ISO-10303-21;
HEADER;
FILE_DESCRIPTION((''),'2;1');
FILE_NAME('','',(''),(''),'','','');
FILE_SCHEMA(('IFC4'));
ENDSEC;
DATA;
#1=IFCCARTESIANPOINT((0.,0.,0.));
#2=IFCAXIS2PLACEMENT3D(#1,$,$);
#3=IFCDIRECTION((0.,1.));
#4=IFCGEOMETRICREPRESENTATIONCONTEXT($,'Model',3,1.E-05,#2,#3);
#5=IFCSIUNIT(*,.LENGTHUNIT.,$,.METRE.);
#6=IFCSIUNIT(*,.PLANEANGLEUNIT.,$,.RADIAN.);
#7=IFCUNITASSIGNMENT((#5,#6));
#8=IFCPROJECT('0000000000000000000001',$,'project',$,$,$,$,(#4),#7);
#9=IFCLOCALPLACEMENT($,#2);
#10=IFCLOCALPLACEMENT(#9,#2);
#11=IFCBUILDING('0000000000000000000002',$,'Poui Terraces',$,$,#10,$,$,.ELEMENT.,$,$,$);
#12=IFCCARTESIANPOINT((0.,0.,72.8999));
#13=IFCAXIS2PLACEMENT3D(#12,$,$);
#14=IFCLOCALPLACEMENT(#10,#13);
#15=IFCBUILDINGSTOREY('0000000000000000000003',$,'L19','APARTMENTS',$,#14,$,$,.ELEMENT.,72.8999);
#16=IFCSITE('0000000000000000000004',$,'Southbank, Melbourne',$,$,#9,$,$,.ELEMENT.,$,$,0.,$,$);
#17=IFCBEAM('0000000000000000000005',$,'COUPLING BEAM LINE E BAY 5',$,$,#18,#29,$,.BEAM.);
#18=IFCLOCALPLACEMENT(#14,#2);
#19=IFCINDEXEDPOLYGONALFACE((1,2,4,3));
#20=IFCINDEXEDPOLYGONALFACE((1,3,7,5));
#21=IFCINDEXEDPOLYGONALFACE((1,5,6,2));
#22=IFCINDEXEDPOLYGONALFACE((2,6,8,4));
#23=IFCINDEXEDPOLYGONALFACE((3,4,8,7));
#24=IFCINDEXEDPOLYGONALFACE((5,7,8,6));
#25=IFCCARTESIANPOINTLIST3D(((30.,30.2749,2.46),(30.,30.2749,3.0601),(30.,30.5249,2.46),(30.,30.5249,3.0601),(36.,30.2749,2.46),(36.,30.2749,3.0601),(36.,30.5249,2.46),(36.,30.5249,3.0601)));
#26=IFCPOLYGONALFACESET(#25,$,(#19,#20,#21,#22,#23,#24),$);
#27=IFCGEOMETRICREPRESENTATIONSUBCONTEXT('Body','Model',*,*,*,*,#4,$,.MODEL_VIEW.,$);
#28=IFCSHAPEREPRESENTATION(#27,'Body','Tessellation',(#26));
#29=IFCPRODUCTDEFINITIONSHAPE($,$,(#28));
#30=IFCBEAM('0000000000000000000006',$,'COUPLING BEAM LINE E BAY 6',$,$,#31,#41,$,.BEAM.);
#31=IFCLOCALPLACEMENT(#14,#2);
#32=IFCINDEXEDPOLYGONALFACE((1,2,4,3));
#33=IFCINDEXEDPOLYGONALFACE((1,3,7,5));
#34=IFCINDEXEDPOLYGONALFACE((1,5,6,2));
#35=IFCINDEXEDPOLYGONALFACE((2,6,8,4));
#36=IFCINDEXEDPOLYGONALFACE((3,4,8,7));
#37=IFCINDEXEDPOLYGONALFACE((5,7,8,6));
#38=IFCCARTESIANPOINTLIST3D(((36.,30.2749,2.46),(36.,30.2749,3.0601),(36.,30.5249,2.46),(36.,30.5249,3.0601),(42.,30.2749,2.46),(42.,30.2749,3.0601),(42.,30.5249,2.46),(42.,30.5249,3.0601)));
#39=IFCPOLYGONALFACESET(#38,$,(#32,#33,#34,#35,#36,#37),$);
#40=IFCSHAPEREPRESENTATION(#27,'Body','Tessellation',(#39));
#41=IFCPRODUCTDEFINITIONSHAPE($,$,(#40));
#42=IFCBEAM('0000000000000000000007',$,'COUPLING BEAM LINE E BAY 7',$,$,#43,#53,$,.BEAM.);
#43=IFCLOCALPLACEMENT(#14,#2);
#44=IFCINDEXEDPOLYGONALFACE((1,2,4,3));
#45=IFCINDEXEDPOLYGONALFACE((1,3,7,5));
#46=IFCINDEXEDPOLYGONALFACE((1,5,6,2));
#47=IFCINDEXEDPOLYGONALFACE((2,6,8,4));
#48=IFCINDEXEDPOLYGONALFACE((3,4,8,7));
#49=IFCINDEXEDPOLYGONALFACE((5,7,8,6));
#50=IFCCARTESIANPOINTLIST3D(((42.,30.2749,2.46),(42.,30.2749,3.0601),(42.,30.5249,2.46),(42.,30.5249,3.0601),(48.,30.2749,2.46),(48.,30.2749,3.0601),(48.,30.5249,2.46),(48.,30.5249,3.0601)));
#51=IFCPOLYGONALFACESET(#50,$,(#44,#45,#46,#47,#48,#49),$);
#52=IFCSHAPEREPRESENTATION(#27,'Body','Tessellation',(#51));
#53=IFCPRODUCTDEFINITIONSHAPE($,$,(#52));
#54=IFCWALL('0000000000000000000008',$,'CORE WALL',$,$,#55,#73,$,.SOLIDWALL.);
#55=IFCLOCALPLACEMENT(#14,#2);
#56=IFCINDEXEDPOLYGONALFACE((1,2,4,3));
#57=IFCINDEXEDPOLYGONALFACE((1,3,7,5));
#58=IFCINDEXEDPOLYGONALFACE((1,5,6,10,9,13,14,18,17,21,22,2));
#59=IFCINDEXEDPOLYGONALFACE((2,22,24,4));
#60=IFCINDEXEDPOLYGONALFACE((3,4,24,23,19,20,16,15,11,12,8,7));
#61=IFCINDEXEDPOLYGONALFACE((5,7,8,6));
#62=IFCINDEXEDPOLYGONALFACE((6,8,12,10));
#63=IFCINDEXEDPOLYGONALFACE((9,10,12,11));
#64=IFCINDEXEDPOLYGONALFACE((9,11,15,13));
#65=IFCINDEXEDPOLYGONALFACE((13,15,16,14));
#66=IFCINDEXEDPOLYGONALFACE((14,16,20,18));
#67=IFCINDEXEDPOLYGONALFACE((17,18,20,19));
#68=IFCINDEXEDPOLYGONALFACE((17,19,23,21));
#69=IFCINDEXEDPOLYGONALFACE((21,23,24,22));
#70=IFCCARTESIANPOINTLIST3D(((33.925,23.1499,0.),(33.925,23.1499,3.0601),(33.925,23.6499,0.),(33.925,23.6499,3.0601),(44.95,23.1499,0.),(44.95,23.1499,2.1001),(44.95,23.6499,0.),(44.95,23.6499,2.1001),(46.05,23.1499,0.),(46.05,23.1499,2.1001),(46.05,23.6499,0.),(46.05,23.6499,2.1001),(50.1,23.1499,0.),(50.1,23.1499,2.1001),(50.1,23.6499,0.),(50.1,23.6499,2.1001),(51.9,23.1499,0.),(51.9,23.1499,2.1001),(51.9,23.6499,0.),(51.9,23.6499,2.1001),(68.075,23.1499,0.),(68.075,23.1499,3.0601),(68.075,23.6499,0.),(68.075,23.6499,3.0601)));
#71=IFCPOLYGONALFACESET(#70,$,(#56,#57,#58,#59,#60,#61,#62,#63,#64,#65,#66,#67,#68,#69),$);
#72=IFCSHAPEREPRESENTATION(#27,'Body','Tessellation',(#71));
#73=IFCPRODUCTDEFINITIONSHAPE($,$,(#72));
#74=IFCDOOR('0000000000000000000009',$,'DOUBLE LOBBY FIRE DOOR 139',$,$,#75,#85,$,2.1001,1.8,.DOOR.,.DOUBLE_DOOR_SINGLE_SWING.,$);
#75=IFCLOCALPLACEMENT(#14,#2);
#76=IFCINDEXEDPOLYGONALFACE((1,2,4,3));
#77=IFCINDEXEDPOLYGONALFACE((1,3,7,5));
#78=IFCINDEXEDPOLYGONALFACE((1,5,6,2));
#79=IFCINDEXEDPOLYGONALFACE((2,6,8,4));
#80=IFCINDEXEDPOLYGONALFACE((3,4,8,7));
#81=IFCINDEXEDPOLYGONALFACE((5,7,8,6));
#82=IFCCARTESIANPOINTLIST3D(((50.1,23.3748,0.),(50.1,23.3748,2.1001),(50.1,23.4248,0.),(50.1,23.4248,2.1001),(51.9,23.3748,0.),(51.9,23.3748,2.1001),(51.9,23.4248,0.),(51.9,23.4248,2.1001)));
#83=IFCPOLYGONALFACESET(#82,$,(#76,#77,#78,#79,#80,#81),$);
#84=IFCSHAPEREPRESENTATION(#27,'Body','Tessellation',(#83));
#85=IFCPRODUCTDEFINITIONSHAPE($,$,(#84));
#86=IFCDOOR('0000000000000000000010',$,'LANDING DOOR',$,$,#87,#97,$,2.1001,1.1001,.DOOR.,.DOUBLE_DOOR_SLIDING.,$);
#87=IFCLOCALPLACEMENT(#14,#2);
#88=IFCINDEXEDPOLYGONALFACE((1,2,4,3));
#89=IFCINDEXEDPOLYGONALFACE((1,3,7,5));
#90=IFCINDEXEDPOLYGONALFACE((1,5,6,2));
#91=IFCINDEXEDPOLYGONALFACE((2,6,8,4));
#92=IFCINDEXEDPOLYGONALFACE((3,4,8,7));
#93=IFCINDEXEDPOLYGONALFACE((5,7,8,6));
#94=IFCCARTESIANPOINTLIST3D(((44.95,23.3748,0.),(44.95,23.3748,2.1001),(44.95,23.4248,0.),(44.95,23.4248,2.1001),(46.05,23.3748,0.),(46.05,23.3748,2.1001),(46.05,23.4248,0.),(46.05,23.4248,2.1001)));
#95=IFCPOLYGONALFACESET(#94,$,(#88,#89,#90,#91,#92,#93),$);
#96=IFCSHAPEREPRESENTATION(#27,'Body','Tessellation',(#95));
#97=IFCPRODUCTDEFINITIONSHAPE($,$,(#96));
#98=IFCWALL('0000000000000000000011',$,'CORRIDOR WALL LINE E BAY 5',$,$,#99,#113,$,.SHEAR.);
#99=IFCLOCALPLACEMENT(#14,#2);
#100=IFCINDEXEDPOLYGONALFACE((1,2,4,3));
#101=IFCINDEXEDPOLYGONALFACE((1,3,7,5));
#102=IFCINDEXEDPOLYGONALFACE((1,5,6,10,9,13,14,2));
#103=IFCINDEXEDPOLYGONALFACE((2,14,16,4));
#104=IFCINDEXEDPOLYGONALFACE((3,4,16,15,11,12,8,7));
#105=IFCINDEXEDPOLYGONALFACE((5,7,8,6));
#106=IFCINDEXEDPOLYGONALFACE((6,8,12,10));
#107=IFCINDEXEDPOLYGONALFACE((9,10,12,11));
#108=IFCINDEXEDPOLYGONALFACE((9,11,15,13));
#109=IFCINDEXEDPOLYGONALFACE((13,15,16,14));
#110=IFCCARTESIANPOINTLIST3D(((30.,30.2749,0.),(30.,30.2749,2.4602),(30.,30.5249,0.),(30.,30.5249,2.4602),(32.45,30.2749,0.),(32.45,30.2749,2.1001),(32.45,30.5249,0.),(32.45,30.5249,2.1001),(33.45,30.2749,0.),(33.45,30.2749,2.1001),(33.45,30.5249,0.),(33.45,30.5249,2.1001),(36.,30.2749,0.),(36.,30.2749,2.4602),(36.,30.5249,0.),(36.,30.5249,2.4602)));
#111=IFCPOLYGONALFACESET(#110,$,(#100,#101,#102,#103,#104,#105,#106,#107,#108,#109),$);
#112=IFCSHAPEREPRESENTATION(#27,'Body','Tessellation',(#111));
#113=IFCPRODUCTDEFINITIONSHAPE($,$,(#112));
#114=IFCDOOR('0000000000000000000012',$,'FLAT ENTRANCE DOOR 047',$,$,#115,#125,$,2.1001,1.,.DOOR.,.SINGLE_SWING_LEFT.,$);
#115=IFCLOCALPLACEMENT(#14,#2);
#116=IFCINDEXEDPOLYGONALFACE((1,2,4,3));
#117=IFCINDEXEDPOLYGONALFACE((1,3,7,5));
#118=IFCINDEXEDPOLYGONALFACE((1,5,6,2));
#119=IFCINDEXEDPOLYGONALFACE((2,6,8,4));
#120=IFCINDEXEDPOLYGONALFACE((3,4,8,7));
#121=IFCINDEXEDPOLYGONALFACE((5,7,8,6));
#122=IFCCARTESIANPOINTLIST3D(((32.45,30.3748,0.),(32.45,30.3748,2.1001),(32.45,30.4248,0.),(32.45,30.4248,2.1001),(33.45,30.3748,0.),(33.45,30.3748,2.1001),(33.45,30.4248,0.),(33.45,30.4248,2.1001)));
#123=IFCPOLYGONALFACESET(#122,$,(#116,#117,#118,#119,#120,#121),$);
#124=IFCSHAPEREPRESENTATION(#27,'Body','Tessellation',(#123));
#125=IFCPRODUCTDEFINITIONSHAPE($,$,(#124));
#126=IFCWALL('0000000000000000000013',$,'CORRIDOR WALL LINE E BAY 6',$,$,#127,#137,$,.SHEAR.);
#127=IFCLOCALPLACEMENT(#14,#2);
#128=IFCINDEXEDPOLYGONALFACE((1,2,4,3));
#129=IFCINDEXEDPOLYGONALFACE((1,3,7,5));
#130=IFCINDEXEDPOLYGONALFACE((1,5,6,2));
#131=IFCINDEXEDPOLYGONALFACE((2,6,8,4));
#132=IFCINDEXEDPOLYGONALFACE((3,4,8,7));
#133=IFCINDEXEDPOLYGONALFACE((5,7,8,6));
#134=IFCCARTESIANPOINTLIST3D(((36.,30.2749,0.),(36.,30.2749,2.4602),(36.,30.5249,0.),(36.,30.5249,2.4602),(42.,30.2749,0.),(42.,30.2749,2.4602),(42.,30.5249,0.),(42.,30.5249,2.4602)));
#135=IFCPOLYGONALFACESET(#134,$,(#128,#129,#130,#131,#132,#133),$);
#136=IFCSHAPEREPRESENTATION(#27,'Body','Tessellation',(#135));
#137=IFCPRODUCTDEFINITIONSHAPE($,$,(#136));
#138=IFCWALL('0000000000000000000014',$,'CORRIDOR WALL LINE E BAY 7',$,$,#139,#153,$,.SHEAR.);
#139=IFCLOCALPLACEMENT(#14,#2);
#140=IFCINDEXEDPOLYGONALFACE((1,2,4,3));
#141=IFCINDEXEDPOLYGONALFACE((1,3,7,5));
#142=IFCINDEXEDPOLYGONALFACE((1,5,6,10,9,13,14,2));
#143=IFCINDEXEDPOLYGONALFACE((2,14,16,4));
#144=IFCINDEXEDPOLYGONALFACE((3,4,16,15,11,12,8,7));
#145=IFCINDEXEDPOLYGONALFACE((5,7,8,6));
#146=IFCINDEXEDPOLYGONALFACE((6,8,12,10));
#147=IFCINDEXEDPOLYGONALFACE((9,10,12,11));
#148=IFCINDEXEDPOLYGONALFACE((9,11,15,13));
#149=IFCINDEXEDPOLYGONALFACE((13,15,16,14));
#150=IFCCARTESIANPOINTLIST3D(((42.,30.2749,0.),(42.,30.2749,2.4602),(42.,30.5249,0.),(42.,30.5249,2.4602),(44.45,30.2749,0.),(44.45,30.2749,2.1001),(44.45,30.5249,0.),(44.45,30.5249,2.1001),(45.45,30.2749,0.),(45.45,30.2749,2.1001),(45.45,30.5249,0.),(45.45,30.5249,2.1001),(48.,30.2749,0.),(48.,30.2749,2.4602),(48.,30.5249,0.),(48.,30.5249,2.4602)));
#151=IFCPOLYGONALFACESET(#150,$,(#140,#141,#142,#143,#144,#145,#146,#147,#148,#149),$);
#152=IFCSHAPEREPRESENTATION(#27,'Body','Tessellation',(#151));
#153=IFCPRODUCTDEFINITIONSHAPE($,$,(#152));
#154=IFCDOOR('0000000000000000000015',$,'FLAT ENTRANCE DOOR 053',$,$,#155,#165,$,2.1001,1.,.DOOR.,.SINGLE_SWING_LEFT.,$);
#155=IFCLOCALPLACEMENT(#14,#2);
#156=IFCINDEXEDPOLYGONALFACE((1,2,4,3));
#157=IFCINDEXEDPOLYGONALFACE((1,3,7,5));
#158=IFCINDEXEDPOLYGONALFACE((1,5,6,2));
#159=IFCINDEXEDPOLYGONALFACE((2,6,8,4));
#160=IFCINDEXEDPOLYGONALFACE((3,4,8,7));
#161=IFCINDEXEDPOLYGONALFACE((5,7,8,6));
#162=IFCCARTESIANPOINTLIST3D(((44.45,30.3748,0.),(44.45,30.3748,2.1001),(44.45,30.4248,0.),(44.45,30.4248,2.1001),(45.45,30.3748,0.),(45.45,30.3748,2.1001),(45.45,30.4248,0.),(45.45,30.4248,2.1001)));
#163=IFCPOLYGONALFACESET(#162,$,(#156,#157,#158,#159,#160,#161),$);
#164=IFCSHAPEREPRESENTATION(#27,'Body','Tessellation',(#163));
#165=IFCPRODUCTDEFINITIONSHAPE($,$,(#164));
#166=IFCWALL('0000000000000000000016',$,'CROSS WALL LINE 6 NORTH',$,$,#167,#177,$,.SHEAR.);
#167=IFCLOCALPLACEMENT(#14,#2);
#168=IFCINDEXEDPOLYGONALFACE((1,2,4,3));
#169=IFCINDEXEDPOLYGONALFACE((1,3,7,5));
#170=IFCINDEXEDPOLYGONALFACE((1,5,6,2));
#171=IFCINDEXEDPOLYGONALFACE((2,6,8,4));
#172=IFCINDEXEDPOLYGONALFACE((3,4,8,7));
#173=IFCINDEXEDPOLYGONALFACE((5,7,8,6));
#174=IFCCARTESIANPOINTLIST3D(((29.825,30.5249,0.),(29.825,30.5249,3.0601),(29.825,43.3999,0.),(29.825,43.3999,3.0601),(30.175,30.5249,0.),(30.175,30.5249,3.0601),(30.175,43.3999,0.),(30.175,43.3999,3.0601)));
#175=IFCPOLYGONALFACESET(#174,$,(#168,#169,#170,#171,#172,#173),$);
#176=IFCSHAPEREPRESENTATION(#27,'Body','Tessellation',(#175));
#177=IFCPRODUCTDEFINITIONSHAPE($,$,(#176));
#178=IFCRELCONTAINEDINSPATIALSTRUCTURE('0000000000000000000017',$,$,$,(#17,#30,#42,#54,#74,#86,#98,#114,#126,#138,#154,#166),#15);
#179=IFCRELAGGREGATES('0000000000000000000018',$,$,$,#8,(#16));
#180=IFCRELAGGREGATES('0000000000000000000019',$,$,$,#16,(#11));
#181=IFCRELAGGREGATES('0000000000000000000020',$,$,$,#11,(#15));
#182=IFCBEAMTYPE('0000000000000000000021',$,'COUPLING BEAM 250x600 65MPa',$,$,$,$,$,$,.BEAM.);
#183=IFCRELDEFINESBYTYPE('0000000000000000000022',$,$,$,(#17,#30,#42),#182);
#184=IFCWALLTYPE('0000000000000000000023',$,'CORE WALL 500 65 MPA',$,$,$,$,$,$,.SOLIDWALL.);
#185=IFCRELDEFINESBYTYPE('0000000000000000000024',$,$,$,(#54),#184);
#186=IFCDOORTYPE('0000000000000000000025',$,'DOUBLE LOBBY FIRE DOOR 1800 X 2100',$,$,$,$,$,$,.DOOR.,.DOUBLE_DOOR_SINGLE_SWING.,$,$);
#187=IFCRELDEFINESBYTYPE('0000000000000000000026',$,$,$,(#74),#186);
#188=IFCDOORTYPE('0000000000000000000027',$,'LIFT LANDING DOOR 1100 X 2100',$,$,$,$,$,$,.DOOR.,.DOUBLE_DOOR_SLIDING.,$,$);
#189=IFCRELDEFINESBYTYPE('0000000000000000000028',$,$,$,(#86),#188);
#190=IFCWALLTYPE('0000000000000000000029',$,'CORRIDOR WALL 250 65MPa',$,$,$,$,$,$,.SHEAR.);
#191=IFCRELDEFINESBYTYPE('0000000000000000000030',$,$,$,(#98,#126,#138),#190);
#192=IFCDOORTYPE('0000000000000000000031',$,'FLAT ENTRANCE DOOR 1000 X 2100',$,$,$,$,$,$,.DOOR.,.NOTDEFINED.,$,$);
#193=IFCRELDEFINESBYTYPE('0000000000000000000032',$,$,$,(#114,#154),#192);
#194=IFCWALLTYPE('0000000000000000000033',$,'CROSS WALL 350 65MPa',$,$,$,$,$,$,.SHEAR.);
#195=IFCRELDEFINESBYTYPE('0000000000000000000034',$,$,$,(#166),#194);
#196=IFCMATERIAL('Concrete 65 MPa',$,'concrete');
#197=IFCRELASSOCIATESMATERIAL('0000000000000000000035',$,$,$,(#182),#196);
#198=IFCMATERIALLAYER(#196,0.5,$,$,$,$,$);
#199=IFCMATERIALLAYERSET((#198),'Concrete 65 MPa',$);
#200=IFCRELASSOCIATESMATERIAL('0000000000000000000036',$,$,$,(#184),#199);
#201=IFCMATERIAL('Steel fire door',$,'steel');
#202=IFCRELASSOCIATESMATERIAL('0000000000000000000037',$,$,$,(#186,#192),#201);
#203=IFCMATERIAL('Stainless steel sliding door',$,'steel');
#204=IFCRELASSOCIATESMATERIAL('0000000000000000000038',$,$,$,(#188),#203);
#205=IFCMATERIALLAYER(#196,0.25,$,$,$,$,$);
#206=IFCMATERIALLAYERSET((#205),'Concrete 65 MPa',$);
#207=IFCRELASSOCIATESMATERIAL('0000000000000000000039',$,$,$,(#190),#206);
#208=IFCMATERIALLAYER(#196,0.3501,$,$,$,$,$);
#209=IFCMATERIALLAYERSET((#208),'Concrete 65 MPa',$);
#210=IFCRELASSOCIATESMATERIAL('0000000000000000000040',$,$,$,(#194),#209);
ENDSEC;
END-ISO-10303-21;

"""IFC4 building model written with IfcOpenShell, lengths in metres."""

from ifc_helpers import new_model, si_unit, direction, frame, frame_2d, origin, origin_2d, place, context, subcontext, project, spatial, rectangle, extrude, source, transform, mapped, material, layer, layer_set, material_profile, profile_set, type_object, element, fill, save


model = new_model("IFC4")

# Units and contexts
model_context = context("Model", 3, precision=1e-05, world=origin(), true_north=direction((0.0, 1.0)))
body_context = subcontext(model_context, "Body", "Model", "MODEL_VIEW")
ifc_project = project(units=[si_unit("LENGTHUNIT", "METRE"), si_unit("PLANEANGLEUNIT", "RADIAN")], contexts=[model_context])

# Site, building, storey
site_placement = place(None, origin())
site = spatial("IfcSite", under=ifc_project, at=site_placement, Name="Southbank, Melbourne", CompositionType="ELEMENT", RefElevation=0.0)
building_placement = place(site_placement, origin())
building = spatial("IfcBuilding", under=site, at=building_placement, Name="Poui Terraces", CompositionType="ELEMENT")
storey_placement = place(building_placement, frame((0.0, 0.0, 72.8999)))
storey = spatial("IfcBuildingStorey", under=building, at=storey_placement, Name="L19", Description="APARTMENTS", CompositionType="ELEMENT", Elevation=72.8999)

# Beams
ifc_material_1 = material(Name="Concrete 65 MPa", Category="concrete")
ifc_material_profile = material_profile(ifc_material_1, rectangle(XDim=0.25, YDim=0.6001, at=origin_2d()), Name="RC 250x600")
ifc_profile_set = profile_set([ifc_material_profile], Name="Concrete 65 MPa")
beam_type = type_object("IfcBeamType", Name="COUPLING BEAM 250x600 65MPa", PredefinedType="BEAM", material=ifc_profile_set)
shared_shape = source(origin(), body_context, "Body", "SweptSolid", [
    extrude(rectangle(XDim=0.25, YDim=0.6001, at=origin_2d()), origin(), (0.0, 0.0, 1.0), 6.0),
])
for number, where, z_axis, x_axis, name in (
    (1, (30.0, 30.3999, 2.76), (1.0, 0.0, 0.0), (0.0, 1.0, 0.0), "COUPLING BEAM LINE E BAY 5"),
    (2, (36.0, 30.3999, 2.76), (1.0, 0.0, 0.0), (0.0, 1.0, 0.0), "COUPLING BEAM LINE E BAY 6"),
    (3, (42.0, 30.3999, 2.76), (1.0, 0.0, 0.0), (0.0, 1.0, 0.0), "COUPLING BEAM LINE E BAY 7"),
):
    element("IfcBeam", number, at=place(storey_placement, frame(where, z_axis=z_axis, x_axis=x_axis)), inside=storey, type_object=beam_type, Name=name, PredefinedType="BEAM", context=body_context, shape_type="MappedRepresentation", body=[
        mapped(shared_shape, transform((0.0, 0.0, 0.0))),
    ])

# Wall, openings, doors
ifc_layer_1 = layer(ifc_material_1, 0.5)
ifc_layer_set_1 = layer_set([ifc_layer_1], Name="Concrete 65 MPa")
wall_type_1 = type_object("IfcWallType", Name="CORE WALL 500 65 MPA", PredefinedType="SOLIDWALL", material=ifc_layer_set_1)
wall_1_placement = place(storey_placement, frame((33.925, 23.3999, 0.0), z_axis=(0.0, 0.0, 1.0), x_axis=(1.0, 0.0, 0.0)))
wall_1 = element("IfcWall", 4, at=wall_1_placement, inside=storey, type_object=wall_type_1, Name="CORE WALL", PredefinedType="SOLIDWALL", context=body_context, shape_type="SweptSolid", body=[
    extrude(rectangle(XDim=34.1499, YDim=0.5, at=frame_2d((17.075, 0.0))), origin(), (0.0, 0.0, 1.0), 3.0601),
])
opening_1_placement = place(wall_1_placement, frame((16.175, 0.0, 0.0)))
opening_1 = element("IfcOpeningElement", 5, at=opening_1_placement, cuts=wall_1, PredefinedType="OPENING", context=body_context, shape_type="SweptSolid", body=[
    extrude(rectangle(XDim=1.8, YDim=2.1001, at=frame_2d((0.8999, 1.05))), frame((0.0, 0.26, 0.0), z_axis=(0.0, -1.0, 0.0), x_axis=(1.0, 0.0, 0.0)), (0.0, 0.0, 1.0), 0.52),
])
opening_2_placement = place(wall_1_placement, frame((11.0249, 0.0, 0.0)))
opening_2 = element("IfcOpeningElement", 6, at=opening_2_placement, cuts=wall_1, PredefinedType="OPENING", context=body_context, shape_type="SweptSolid", body=[
    extrude(rectangle(XDim=1.1001, YDim=2.1001, at=frame_2d((0.55, 1.05))), frame((0.0, 0.26, 0.0), z_axis=(0.0, -1.0, 0.0), x_axis=(1.0, 0.0, 0.0)), (0.0, 0.0, 1.0), 0.52),
])
ifc_material_2 = material(Name="Steel fire door", Category="steel")
door_type_1 = type_object("IfcDoorType", Name="DOUBLE LOBBY FIRE DOOR 1800 X 2100", OperationType="DOUBLE_DOOR_SINGLE_SWING", PredefinedType="DOOR", material=ifc_material_2)
door_1_placement = place(opening_1_placement, origin())
door_1 = element("IfcDoor", 7, at=door_1_placement, inside=storey, type_object=door_type_1, Name="DOUBLE LOBBY FIRE DOOR 139", OperationType="DOUBLE_DOOR_SINGLE_SWING", OverallHeight=2.1001, OverallWidth=1.8, PredefinedType="DOOR", context=body_context, shape_type="SweptSolid", body=[
    extrude(rectangle(XDim=1.8, YDim=2.1001, at=frame_2d((0.8999, 1.05))), frame((0.0, 0.0249, 0.0), z_axis=(0.0, -1.0, 0.0), x_axis=(1.0, 0.0, 0.0)), (0.0, 0.0, 1.0), 0.05),
])
fill(opening_1, door_1)
ifc_material_3 = material(Name="Stainless steel sliding door", Category="steel")
door_type_2 = type_object("IfcDoorType", Name="LIFT LANDING DOOR 1100 X 2100", OperationType="DOUBLE_DOOR_SLIDING", PredefinedType="DOOR", material=ifc_material_3)
door_2_placement = place(opening_2_placement, origin())
door_2 = element("IfcDoor", 8, at=door_2_placement, inside=storey, type_object=door_type_2, Name="LANDING DOOR", OperationType="DOUBLE_DOOR_SLIDING", OverallHeight=2.1001, OverallWidth=1.1001, PredefinedType="DOOR", context=body_context, shape_type="SweptSolid", body=[
    extrude(rectangle(XDim=1.1001, YDim=2.1001, at=frame_2d((0.55, 1.05))), frame((0.0, 0.0249, 0.0), z_axis=(0.0, -1.0, 0.0), x_axis=(1.0, 0.0, 0.0)), (0.0, 0.0, 1.0), 0.05),
])
fill(opening_2, door_2)

# Wall, opening, door
ifc_layer_2 = layer(ifc_material_1, 0.25)
ifc_layer_set_2 = layer_set([ifc_layer_2], Name="Concrete 65 MPa")
wall_type_2 = type_object("IfcWallType", Name="CORRIDOR WALL 250 65MPa", PredefinedType="SHEAR", material=ifc_layer_set_2)
wall_2_placement = place(storey_placement, frame((30.0, 30.3999, 0.0), z_axis=(0.0, 0.0, 1.0), x_axis=(1.0, 0.0, 0.0)))
wall_2 = element("IfcWall", 9, at=wall_2_placement, inside=storey, type_object=wall_type_2, Name="CORRIDOR WALL LINE E BAY 5", PredefinedType="SHEAR", context=body_context, shape_type="SweptSolid", body=[
    extrude(rectangle(XDim=6.0, YDim=0.25, at=frame_2d((3.0, 0.0))), origin(), (0.0, 0.0, 1.0), 2.4602),
])
opening_3_placement = place(wall_2_placement, frame((2.45, 0.0, 0.0)))
opening_3 = element("IfcOpeningElement", 10, at=opening_3_placement, cuts=wall_2, PredefinedType="OPENING", context=body_context, shape_type="SweptSolid", body=[
    extrude(rectangle(XDim=1.0, YDim=2.1001, at=frame_2d((0.5, 1.05))), frame((0.0, 0.135, 0.0), z_axis=(0.0, -1.0, 0.0), x_axis=(1.0, 0.0, 0.0)), (0.0, 0.0, 1.0), 0.27),
])
door_type_3 = type_object("IfcDoorType", Name="FLAT ENTRANCE DOOR 1000 X 2100", OperationType="NOTDEFINED", PredefinedType="DOOR", material=ifc_material_2)
door_3_placement = place(opening_3_placement, origin())
door_3 = element("IfcDoor", 11, at=door_3_placement, inside=storey, type_object=door_type_3, Name="FLAT ENTRANCE DOOR 047", OperationType="SINGLE_SWING_LEFT", OverallHeight=2.1001, OverallWidth=1.0, PredefinedType="DOOR", context=body_context, shape_type="SweptSolid", body=[
    extrude(rectangle(XDim=1.0, YDim=2.1001, at=frame_2d((0.5, 1.05))), frame((0.0, 0.0249, 0.0), z_axis=(0.0, -1.0, 0.0), x_axis=(1.0, 0.0, 0.0)), (0.0, 0.0, 1.0), 0.05),
])
fill(opening_3, door_3)

# Wall
wall_3_placement = place(storey_placement, frame((36.0, 30.3999, 0.0), z_axis=(0.0, 0.0, 1.0), x_axis=(1.0, 0.0, 0.0)))
element("IfcWall", 12, at=wall_3_placement, inside=storey, type_object=wall_type_2, Name="CORRIDOR WALL LINE E BAY 6", PredefinedType="SHEAR", context=body_context, shape_type="SweptSolid", body=[
    extrude(rectangle(XDim=6.0, YDim=0.25, at=frame_2d((3.0, 0.0))), origin(), (0.0, 0.0, 1.0), 2.4602),
])

# Wall, opening, door
wall_4_placement = place(storey_placement, frame((42.0, 30.3999, 0.0), z_axis=(0.0, 0.0, 1.0), x_axis=(1.0, 0.0, 0.0)))
wall_4 = element("IfcWall", 13, at=wall_4_placement, inside=storey, type_object=wall_type_2, Name="CORRIDOR WALL LINE E BAY 7", PredefinedType="SHEAR", context=body_context, shape_type="SweptSolid", body=[
    extrude(rectangle(XDim=6.0, YDim=0.25, at=frame_2d((3.0, 0.0))), origin(), (0.0, 0.0, 1.0), 2.4602),
])
opening_4_placement = place(wall_4_placement, frame((2.45, 0.0, 0.0)))
opening_4 = element("IfcOpeningElement", 14, at=opening_4_placement, cuts=wall_4, PredefinedType="OPENING", context=body_context, shape_type="SweptSolid", body=[
    extrude(rectangle(XDim=1.0, YDim=2.1001, at=frame_2d((0.5, 1.05))), frame((0.0, 0.135, 0.0), z_axis=(0.0, -1.0, 0.0), x_axis=(1.0, 0.0, 0.0)), (0.0, 0.0, 1.0), 0.27),
])
door_4_placement = place(opening_4_placement, origin())
door_4 = element("IfcDoor", 15, at=door_4_placement, inside=storey, type_object=door_type_3, Name="FLAT ENTRANCE DOOR 053", OperationType="SINGLE_SWING_LEFT", OverallHeight=2.1001, OverallWidth=1.0, PredefinedType="DOOR", context=body_context, shape_type="SweptSolid", body=[
    extrude(rectangle(XDim=1.0, YDim=2.1001, at=frame_2d((0.5, 1.05))), frame((0.0, 0.0249, 0.0), z_axis=(0.0, -1.0, 0.0), x_axis=(1.0, 0.0, 0.0)), (0.0, 0.0, 1.0), 0.05),
])
fill(opening_4, door_4)

# Wall
ifc_layer_3 = layer(ifc_material_1, 0.3501)
ifc_layer_set_3 = layer_set([ifc_layer_3], Name="Concrete 65 MPa")
wall_type_3 = type_object("IfcWallType", Name="CROSS WALL 350 65MPa", PredefinedType="SHEAR", material=ifc_layer_set_3)
wall_5_placement = place(storey_placement, frame((30.0, 30.5249, 0.0), z_axis=(0.0, 0.0, 1.0), x_axis=(0.0, 1.0, 0.0)))
element("IfcWall", 16, at=wall_5_placement, inside=storey, type_object=wall_type_3, Name="CROSS WALL LINE 6 NORTH", PredefinedType="SHEAR", context=body_context, shape_type="SweptSolid", body=[
    extrude(rectangle(XDim=12.875, YDim=0.3501, at=frame_2d((6.4375, 0.0))), origin(), (0.0, 0.0, 1.0), 3.0601),
])

save(model, "model.ifc")
